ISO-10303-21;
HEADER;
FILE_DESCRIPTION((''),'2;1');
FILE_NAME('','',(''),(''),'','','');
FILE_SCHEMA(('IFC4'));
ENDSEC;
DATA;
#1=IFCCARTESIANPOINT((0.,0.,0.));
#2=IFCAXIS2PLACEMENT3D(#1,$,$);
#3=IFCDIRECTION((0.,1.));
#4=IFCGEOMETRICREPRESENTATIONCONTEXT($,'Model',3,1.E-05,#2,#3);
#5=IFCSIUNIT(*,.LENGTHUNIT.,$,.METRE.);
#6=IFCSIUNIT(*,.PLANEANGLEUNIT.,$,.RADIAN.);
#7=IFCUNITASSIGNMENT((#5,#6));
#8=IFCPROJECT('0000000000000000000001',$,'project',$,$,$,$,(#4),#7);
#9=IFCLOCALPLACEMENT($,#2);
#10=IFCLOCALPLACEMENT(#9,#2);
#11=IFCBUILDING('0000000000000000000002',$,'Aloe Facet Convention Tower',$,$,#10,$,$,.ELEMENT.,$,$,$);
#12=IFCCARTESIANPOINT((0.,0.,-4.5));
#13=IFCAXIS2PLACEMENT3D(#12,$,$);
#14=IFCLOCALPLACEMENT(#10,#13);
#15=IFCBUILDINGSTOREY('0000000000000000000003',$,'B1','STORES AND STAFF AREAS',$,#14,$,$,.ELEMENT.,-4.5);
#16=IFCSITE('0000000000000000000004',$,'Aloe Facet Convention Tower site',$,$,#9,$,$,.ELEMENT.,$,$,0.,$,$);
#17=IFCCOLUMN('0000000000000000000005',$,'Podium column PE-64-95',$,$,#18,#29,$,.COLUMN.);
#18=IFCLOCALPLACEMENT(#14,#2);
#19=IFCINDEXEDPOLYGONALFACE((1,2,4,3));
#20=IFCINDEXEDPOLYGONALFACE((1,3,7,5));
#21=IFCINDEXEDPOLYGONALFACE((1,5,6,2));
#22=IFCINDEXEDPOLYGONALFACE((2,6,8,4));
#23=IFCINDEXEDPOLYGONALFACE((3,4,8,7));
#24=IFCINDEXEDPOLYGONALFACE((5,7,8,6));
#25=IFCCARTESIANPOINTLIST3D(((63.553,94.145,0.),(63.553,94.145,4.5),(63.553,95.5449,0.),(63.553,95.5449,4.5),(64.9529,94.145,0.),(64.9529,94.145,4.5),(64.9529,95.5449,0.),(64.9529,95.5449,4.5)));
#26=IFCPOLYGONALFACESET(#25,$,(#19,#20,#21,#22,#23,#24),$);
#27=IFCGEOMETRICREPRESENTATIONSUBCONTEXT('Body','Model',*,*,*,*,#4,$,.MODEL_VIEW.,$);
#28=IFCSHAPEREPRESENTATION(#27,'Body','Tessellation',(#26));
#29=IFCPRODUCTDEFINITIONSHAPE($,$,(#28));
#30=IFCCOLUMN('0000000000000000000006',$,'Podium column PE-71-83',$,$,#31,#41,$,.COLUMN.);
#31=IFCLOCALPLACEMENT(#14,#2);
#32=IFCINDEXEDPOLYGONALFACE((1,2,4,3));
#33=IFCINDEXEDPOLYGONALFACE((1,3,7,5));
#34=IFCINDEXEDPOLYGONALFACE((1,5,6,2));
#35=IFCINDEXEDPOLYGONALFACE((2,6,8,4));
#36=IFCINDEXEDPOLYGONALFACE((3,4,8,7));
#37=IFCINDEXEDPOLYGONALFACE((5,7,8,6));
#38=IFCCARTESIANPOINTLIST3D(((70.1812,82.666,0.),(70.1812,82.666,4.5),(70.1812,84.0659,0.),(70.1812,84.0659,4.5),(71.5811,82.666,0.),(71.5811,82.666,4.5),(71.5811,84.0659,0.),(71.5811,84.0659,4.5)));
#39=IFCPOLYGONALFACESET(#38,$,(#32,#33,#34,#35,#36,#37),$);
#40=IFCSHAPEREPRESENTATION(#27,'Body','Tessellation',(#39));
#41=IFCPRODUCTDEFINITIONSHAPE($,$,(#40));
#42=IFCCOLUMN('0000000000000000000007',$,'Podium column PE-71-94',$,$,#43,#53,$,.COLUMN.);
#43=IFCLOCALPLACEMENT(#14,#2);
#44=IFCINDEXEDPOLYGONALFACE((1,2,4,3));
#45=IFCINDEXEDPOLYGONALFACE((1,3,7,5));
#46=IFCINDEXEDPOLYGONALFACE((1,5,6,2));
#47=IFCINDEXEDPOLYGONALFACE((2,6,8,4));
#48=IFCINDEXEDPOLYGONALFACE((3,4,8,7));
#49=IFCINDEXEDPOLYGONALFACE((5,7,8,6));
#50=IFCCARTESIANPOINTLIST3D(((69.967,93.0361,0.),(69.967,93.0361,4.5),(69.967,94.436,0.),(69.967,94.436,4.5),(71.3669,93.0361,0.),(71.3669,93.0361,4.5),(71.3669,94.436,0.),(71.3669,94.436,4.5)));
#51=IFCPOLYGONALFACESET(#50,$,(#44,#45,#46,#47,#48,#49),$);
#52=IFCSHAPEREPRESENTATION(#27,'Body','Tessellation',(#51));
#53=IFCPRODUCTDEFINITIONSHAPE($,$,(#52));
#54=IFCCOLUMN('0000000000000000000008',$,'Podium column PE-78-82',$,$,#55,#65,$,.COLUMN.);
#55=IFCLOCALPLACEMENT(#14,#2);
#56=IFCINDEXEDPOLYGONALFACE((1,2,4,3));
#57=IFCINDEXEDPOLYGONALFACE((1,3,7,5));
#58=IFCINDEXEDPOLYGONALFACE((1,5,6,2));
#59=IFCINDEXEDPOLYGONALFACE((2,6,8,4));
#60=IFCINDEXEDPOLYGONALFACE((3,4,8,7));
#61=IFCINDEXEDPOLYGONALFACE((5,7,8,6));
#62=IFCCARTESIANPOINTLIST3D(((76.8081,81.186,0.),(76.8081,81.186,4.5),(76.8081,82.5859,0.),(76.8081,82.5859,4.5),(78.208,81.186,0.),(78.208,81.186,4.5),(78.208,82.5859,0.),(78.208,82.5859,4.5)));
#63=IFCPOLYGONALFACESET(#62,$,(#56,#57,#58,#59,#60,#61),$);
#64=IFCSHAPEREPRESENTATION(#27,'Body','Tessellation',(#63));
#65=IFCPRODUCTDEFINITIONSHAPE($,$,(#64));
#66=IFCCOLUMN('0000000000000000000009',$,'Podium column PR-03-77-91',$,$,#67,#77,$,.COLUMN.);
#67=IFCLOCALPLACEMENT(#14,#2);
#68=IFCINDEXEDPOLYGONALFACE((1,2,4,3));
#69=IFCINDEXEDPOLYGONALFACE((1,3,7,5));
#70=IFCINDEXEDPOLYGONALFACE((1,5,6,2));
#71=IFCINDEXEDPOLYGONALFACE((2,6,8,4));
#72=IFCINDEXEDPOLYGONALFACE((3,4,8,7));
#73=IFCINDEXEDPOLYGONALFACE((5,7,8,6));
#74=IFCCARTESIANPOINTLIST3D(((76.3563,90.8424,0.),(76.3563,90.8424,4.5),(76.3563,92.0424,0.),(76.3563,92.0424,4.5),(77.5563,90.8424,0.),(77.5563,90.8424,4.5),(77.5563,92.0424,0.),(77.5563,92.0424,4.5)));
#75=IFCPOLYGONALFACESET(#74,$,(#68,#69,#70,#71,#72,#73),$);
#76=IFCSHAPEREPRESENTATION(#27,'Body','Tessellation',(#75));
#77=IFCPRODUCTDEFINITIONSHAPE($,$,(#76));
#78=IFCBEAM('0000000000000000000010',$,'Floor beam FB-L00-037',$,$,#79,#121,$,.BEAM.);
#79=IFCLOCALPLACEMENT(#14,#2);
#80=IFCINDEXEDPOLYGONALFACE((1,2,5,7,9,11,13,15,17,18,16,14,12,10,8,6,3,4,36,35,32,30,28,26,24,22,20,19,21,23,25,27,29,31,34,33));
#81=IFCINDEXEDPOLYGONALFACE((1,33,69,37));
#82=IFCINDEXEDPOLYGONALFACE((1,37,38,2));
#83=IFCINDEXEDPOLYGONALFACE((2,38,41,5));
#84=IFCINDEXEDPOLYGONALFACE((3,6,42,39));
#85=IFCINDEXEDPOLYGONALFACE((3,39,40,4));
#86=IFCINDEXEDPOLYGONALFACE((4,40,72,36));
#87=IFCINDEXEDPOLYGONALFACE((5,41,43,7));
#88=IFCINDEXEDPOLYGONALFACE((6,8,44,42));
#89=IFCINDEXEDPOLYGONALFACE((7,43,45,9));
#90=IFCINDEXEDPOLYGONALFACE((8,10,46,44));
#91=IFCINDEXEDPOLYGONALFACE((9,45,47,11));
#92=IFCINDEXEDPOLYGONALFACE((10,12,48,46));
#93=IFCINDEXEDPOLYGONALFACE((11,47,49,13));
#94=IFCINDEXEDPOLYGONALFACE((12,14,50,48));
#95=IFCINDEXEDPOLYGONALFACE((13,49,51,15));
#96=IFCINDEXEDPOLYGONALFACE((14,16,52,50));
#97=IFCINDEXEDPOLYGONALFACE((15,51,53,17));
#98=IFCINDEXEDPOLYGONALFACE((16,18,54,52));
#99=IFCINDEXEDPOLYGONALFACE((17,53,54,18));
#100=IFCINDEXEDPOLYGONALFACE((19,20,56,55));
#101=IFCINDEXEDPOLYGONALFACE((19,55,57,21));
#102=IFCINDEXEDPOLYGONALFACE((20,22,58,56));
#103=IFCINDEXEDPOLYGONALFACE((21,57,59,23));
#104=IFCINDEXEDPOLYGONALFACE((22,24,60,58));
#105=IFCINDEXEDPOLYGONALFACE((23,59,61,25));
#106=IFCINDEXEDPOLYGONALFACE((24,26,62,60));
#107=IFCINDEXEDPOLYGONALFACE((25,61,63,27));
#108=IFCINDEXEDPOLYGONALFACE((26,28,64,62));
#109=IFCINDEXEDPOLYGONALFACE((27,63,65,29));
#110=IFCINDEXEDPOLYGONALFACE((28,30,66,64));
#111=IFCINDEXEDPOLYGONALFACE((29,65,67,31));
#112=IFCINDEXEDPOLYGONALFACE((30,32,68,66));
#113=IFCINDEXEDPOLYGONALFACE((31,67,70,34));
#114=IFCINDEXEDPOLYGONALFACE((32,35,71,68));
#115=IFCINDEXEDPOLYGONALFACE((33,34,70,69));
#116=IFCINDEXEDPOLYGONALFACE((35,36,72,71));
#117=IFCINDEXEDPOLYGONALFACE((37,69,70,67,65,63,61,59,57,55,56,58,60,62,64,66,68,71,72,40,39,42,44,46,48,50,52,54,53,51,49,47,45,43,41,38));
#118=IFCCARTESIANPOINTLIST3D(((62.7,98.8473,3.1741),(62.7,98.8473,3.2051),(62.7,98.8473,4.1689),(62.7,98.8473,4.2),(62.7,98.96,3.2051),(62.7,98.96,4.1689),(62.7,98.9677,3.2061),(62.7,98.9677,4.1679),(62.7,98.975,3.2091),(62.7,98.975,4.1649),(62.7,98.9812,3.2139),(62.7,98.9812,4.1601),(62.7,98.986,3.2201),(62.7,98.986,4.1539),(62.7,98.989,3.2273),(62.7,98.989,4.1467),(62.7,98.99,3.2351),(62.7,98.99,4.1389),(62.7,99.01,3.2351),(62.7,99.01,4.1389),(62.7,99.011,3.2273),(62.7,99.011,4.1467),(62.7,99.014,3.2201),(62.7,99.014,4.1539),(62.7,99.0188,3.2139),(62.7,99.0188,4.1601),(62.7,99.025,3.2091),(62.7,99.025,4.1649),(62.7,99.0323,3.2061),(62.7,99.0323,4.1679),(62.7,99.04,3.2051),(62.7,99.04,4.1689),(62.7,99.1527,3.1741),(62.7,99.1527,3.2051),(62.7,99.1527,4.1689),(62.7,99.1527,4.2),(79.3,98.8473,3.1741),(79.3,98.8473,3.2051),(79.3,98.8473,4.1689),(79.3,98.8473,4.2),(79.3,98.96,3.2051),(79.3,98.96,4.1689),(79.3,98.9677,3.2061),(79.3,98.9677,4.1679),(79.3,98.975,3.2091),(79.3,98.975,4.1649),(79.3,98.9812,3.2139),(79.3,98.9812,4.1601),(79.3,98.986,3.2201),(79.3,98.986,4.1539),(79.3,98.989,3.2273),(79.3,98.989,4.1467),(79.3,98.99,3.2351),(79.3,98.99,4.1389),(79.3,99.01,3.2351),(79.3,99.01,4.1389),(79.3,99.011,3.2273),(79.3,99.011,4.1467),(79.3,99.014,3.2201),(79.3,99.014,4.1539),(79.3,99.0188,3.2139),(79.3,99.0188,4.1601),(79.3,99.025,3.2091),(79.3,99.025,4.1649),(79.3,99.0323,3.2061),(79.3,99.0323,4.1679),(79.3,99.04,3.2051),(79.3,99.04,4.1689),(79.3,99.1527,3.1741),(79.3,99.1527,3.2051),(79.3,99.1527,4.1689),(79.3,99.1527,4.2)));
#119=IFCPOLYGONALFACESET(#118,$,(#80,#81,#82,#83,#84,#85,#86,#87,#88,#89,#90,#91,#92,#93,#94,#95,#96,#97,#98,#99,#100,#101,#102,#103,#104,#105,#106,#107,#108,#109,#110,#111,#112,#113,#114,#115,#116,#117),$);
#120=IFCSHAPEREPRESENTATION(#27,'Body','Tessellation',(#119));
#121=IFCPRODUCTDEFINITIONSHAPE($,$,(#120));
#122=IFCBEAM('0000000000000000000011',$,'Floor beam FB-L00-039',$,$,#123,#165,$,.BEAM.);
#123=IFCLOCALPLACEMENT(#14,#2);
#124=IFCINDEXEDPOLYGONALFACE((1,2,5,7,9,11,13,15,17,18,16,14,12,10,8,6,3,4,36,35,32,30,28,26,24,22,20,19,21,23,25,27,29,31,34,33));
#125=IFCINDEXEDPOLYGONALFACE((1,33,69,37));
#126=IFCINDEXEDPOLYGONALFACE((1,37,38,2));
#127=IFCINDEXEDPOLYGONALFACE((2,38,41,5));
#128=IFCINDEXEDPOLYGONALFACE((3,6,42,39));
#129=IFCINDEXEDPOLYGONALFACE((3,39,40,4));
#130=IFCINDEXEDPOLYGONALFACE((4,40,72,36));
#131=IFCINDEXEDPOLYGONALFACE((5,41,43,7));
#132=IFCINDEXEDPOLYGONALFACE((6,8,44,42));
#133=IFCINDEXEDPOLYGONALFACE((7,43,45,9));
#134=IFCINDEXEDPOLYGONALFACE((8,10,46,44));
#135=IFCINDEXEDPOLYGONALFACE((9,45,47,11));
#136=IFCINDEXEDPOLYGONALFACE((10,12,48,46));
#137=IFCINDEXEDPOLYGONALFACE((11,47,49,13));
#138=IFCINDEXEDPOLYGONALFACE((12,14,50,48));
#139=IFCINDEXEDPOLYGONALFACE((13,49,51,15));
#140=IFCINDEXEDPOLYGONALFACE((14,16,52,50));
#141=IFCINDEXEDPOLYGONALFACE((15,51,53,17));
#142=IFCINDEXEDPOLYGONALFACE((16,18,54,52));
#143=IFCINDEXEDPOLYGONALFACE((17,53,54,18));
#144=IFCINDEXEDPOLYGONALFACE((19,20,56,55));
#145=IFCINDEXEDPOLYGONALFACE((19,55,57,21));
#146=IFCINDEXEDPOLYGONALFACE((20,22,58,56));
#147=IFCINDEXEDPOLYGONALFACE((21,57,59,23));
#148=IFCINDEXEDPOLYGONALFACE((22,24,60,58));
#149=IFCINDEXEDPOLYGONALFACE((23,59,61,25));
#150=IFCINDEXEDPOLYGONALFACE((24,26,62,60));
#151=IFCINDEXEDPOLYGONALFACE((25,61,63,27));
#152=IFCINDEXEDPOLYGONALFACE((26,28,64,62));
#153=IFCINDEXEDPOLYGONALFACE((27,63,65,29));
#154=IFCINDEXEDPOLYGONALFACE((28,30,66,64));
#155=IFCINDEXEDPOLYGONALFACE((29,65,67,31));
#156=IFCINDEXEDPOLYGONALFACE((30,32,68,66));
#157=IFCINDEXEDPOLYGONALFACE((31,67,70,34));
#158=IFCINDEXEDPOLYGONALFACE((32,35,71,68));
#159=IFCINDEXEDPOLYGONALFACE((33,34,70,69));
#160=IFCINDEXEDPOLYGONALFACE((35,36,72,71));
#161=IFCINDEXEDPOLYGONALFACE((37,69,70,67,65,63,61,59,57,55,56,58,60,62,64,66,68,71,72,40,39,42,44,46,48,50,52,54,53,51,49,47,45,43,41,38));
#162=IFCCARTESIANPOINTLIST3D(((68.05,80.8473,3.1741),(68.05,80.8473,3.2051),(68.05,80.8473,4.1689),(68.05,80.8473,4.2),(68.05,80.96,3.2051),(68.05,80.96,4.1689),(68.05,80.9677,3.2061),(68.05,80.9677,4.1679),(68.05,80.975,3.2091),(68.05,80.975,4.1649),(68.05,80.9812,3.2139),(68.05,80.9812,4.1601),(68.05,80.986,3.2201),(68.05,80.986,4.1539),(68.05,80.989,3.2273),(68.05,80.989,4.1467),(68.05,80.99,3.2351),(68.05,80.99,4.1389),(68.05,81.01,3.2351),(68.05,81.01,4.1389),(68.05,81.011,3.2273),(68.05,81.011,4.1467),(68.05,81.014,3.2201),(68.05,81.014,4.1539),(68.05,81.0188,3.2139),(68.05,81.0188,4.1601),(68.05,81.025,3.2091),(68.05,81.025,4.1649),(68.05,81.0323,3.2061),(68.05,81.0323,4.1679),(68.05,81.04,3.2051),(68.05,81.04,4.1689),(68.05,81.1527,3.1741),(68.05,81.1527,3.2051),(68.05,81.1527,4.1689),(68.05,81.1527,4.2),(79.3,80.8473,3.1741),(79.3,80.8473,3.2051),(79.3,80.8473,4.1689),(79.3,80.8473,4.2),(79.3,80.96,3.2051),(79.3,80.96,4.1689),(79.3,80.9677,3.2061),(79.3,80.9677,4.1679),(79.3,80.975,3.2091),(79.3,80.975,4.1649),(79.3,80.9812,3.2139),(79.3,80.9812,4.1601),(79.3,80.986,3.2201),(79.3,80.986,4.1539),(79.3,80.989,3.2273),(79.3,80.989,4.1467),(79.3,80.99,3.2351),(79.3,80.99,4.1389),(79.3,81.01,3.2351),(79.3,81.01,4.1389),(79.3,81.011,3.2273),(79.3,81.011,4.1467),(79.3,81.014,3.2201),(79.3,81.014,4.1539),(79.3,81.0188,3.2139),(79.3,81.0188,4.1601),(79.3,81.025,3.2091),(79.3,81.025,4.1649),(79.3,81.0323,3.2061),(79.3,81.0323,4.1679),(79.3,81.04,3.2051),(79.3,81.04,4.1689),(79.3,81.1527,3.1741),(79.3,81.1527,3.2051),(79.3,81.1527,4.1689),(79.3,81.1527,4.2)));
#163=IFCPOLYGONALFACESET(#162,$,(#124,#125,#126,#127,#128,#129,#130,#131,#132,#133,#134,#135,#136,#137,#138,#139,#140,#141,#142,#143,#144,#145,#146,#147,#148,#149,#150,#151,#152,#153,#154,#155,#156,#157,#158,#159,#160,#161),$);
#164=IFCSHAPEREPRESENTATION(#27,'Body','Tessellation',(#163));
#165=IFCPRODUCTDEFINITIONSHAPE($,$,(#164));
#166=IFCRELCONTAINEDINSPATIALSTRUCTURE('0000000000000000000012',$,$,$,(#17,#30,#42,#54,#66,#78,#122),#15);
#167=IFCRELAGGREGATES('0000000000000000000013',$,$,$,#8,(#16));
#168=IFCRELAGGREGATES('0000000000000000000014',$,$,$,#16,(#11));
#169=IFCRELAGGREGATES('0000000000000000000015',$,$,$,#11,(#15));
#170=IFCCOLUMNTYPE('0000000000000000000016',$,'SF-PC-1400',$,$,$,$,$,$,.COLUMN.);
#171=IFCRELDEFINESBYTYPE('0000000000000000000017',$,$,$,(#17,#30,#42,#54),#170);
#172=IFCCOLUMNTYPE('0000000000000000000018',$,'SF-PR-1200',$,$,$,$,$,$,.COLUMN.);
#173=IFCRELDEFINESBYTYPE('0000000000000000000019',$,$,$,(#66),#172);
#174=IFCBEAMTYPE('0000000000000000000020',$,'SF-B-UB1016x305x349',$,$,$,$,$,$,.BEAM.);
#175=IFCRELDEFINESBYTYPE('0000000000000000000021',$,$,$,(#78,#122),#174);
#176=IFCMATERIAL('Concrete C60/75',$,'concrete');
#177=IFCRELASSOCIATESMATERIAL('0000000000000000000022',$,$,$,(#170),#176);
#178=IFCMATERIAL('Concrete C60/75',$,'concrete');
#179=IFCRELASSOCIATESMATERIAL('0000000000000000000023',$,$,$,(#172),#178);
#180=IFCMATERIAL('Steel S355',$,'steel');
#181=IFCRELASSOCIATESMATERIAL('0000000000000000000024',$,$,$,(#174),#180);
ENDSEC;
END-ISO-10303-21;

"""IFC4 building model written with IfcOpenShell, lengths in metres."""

from ifc_helpers import new_model, si_unit, direction, frame, origin, origin_2d, place, context, subcontext, project, spatial, rectangle, i_section, extrude, material, material_profile, profile_set, type_object, element, save


model = new_model("IFC4")

# Units and contexts
model_context = context("Model", 3, precision=1e-05, world=origin(), true_north=direction((0.0, 1.0)))
body_context = subcontext(model_context, "Body", "Model", "MODEL_VIEW")
ifc_project = project(units=[si_unit("LENGTHUNIT", "METRE"), si_unit("PLANEANGLEUNIT", "RADIAN")], contexts=[model_context])

# Site, building, storey
site_placement = place(None, origin())
site = spatial("IfcSite", under=ifc_project, at=site_placement, Name="Aloe Facet Convention Tower site", CompositionType="ELEMENT", RefElevation=0.0)
building_placement = place(site_placement, origin())
building = spatial("IfcBuilding", under=site, at=building_placement, Name="Aloe Facet Convention Tower", CompositionType="ELEMENT")
storey_placement = place(building_placement, frame((0.0, 0.0, -4.5)))
storey = spatial("IfcBuildingStorey", under=building, at=storey_placement, Name="B1", Description="STORES AND STAFF AREAS", CompositionType="ELEMENT", Elevation=-4.5)

# Columns
ifc_material_1 = material(Name="Concrete C60/75", Category="concrete")
ifc_material_profile_1 = material_profile(ifc_material_1, rectangle(XDim=1.3999, YDim=1.3999, at=origin_2d()), Name="SF-PC-1400")
ifc_profile_set_1 = profile_set([ifc_material_profile_1], Name="Concrete C60/75")
column_type_1 = type_object("IfcColumnType", Name="SF-PC-1400", PredefinedType="COLUMN", material=ifc_profile_set_1)
for number, where, z_axis, x_axis, name in (
    (1, (64.2529, 94.845, 0.0), (0.0, 0.0, 1.0), (1.0, 0.0, 0.0), "Podium column PE-64-95"),
    (2, (70.8811, 83.366, 0.0), (0.0, 0.0, 1.0), (1.0, 0.0, 0.0), "Podium column PE-71-83"),
    (3, (70.667, 93.7361, 0.0), (0.0, 0.0, 1.0), (1.0, 0.0, 0.0), "Podium column PE-71-94"),
    (4, (77.5081, 81.886, 0.0), (0.0, 0.0, 1.0), (1.0, 0.0, 0.0), "Podium column PE-78-82"),
):
    element("IfcColumn", number, at=place(storey_placement, frame(where, z_axis=z_axis, x_axis=x_axis)), inside=storey, type_object=column_type_1, Name=name, PredefinedType="COLUMN", context=body_context, shape_type="SweptSolid", body=[
        extrude(rectangle(XDim=1.3999, YDim=1.3999, at=origin_2d()), origin(), (0.0, 0.0, 1.0), 4.5),
    ])
ifc_material_2 = material(Name="Concrete C60/75", Category="concrete")
ifc_material_profile_2 = material_profile(ifc_material_2, rectangle(XDim=1.2, YDim=1.2, at=origin_2d()), Name="SF-PR-1200")
ifc_profile_set_2 = profile_set([ifc_material_profile_2], Name="Concrete C60/75")
column_type_2 = type_object("IfcColumnType", Name="SF-PR-1200", PredefinedType="COLUMN", material=ifc_profile_set_2)
column_placement = place(storey_placement, frame((76.9563, 91.4424, 0.0), z_axis=(0.0, 0.0, 1.0), x_axis=(1.0, 0.0, 0.0)))
element("IfcColumn", 5, at=column_placement, inside=storey, type_object=column_type_2, Name="Podium column PR-03-77-91", PredefinedType="COLUMN", context=body_context, shape_type="SweptSolid", body=[
    extrude(rectangle(XDim=1.2, YDim=1.2, at=origin_2d()), origin(), (0.0, 0.0, 1.0), 4.5),
])

# Beams
ifc_material_3 = material(Name="Steel S355", Category="steel")
ifc_material_profile_3 = material_profile(ifc_material_3, i_section(OverallWidth=0.3054, OverallDepth=1.0259, WebThickness=0.02, FlangeThickness=0.031, FilletRadius=0.03, at=origin_2d()), Name="UB 1016x305x349")
ifc_profile_set_3 = profile_set([ifc_material_profile_3], Name="Steel S355")
beam_type_1 = type_object("IfcBeamType", Name="SF-B-UB1016x305x349", PredefinedType="BEAM", material=ifc_profile_set_3)
beam_1_placement = place(storey_placement, frame((62.7, 99.0, 3.687), z_axis=(1.0, 0.0, 0.0), x_axis=(0.0, 1.0, 0.0)))
element("IfcBeam", 6, at=beam_1_placement, inside=storey, type_object=beam_type_1, Name="Floor beam FB-L00-037", PredefinedType="BEAM", context=body_context, shape_type="SweptSolid", body=[
    extrude(i_section(OverallWidth=0.3054, OverallDepth=1.0259, WebThickness=0.02, FlangeThickness=0.031, FilletRadius=0.03, at=origin_2d()), origin(), (0.0, 0.0, 1.0), 16.6001),
])
beam_2_placement = place(storey_placement, frame((68.05, 81.0, 3.687), z_axis=(1.0, 0.0, 0.0), x_axis=(0.0, 1.0, 0.0)))
element("IfcBeam", 7, at=beam_2_placement, inside=storey, type_object=beam_type_1, Name="Floor beam FB-L00-039", PredefinedType="BEAM", context=body_context, shape_type="SweptSolid", body=[
    extrude(i_section(OverallWidth=0.3054, OverallDepth=1.0259, WebThickness=0.02, FlangeThickness=0.031, FilletRadius=0.03, at=origin_2d()), origin(), (0.0, 0.0, 1.0), 11.25),
])

save(model, "model.ifc")
